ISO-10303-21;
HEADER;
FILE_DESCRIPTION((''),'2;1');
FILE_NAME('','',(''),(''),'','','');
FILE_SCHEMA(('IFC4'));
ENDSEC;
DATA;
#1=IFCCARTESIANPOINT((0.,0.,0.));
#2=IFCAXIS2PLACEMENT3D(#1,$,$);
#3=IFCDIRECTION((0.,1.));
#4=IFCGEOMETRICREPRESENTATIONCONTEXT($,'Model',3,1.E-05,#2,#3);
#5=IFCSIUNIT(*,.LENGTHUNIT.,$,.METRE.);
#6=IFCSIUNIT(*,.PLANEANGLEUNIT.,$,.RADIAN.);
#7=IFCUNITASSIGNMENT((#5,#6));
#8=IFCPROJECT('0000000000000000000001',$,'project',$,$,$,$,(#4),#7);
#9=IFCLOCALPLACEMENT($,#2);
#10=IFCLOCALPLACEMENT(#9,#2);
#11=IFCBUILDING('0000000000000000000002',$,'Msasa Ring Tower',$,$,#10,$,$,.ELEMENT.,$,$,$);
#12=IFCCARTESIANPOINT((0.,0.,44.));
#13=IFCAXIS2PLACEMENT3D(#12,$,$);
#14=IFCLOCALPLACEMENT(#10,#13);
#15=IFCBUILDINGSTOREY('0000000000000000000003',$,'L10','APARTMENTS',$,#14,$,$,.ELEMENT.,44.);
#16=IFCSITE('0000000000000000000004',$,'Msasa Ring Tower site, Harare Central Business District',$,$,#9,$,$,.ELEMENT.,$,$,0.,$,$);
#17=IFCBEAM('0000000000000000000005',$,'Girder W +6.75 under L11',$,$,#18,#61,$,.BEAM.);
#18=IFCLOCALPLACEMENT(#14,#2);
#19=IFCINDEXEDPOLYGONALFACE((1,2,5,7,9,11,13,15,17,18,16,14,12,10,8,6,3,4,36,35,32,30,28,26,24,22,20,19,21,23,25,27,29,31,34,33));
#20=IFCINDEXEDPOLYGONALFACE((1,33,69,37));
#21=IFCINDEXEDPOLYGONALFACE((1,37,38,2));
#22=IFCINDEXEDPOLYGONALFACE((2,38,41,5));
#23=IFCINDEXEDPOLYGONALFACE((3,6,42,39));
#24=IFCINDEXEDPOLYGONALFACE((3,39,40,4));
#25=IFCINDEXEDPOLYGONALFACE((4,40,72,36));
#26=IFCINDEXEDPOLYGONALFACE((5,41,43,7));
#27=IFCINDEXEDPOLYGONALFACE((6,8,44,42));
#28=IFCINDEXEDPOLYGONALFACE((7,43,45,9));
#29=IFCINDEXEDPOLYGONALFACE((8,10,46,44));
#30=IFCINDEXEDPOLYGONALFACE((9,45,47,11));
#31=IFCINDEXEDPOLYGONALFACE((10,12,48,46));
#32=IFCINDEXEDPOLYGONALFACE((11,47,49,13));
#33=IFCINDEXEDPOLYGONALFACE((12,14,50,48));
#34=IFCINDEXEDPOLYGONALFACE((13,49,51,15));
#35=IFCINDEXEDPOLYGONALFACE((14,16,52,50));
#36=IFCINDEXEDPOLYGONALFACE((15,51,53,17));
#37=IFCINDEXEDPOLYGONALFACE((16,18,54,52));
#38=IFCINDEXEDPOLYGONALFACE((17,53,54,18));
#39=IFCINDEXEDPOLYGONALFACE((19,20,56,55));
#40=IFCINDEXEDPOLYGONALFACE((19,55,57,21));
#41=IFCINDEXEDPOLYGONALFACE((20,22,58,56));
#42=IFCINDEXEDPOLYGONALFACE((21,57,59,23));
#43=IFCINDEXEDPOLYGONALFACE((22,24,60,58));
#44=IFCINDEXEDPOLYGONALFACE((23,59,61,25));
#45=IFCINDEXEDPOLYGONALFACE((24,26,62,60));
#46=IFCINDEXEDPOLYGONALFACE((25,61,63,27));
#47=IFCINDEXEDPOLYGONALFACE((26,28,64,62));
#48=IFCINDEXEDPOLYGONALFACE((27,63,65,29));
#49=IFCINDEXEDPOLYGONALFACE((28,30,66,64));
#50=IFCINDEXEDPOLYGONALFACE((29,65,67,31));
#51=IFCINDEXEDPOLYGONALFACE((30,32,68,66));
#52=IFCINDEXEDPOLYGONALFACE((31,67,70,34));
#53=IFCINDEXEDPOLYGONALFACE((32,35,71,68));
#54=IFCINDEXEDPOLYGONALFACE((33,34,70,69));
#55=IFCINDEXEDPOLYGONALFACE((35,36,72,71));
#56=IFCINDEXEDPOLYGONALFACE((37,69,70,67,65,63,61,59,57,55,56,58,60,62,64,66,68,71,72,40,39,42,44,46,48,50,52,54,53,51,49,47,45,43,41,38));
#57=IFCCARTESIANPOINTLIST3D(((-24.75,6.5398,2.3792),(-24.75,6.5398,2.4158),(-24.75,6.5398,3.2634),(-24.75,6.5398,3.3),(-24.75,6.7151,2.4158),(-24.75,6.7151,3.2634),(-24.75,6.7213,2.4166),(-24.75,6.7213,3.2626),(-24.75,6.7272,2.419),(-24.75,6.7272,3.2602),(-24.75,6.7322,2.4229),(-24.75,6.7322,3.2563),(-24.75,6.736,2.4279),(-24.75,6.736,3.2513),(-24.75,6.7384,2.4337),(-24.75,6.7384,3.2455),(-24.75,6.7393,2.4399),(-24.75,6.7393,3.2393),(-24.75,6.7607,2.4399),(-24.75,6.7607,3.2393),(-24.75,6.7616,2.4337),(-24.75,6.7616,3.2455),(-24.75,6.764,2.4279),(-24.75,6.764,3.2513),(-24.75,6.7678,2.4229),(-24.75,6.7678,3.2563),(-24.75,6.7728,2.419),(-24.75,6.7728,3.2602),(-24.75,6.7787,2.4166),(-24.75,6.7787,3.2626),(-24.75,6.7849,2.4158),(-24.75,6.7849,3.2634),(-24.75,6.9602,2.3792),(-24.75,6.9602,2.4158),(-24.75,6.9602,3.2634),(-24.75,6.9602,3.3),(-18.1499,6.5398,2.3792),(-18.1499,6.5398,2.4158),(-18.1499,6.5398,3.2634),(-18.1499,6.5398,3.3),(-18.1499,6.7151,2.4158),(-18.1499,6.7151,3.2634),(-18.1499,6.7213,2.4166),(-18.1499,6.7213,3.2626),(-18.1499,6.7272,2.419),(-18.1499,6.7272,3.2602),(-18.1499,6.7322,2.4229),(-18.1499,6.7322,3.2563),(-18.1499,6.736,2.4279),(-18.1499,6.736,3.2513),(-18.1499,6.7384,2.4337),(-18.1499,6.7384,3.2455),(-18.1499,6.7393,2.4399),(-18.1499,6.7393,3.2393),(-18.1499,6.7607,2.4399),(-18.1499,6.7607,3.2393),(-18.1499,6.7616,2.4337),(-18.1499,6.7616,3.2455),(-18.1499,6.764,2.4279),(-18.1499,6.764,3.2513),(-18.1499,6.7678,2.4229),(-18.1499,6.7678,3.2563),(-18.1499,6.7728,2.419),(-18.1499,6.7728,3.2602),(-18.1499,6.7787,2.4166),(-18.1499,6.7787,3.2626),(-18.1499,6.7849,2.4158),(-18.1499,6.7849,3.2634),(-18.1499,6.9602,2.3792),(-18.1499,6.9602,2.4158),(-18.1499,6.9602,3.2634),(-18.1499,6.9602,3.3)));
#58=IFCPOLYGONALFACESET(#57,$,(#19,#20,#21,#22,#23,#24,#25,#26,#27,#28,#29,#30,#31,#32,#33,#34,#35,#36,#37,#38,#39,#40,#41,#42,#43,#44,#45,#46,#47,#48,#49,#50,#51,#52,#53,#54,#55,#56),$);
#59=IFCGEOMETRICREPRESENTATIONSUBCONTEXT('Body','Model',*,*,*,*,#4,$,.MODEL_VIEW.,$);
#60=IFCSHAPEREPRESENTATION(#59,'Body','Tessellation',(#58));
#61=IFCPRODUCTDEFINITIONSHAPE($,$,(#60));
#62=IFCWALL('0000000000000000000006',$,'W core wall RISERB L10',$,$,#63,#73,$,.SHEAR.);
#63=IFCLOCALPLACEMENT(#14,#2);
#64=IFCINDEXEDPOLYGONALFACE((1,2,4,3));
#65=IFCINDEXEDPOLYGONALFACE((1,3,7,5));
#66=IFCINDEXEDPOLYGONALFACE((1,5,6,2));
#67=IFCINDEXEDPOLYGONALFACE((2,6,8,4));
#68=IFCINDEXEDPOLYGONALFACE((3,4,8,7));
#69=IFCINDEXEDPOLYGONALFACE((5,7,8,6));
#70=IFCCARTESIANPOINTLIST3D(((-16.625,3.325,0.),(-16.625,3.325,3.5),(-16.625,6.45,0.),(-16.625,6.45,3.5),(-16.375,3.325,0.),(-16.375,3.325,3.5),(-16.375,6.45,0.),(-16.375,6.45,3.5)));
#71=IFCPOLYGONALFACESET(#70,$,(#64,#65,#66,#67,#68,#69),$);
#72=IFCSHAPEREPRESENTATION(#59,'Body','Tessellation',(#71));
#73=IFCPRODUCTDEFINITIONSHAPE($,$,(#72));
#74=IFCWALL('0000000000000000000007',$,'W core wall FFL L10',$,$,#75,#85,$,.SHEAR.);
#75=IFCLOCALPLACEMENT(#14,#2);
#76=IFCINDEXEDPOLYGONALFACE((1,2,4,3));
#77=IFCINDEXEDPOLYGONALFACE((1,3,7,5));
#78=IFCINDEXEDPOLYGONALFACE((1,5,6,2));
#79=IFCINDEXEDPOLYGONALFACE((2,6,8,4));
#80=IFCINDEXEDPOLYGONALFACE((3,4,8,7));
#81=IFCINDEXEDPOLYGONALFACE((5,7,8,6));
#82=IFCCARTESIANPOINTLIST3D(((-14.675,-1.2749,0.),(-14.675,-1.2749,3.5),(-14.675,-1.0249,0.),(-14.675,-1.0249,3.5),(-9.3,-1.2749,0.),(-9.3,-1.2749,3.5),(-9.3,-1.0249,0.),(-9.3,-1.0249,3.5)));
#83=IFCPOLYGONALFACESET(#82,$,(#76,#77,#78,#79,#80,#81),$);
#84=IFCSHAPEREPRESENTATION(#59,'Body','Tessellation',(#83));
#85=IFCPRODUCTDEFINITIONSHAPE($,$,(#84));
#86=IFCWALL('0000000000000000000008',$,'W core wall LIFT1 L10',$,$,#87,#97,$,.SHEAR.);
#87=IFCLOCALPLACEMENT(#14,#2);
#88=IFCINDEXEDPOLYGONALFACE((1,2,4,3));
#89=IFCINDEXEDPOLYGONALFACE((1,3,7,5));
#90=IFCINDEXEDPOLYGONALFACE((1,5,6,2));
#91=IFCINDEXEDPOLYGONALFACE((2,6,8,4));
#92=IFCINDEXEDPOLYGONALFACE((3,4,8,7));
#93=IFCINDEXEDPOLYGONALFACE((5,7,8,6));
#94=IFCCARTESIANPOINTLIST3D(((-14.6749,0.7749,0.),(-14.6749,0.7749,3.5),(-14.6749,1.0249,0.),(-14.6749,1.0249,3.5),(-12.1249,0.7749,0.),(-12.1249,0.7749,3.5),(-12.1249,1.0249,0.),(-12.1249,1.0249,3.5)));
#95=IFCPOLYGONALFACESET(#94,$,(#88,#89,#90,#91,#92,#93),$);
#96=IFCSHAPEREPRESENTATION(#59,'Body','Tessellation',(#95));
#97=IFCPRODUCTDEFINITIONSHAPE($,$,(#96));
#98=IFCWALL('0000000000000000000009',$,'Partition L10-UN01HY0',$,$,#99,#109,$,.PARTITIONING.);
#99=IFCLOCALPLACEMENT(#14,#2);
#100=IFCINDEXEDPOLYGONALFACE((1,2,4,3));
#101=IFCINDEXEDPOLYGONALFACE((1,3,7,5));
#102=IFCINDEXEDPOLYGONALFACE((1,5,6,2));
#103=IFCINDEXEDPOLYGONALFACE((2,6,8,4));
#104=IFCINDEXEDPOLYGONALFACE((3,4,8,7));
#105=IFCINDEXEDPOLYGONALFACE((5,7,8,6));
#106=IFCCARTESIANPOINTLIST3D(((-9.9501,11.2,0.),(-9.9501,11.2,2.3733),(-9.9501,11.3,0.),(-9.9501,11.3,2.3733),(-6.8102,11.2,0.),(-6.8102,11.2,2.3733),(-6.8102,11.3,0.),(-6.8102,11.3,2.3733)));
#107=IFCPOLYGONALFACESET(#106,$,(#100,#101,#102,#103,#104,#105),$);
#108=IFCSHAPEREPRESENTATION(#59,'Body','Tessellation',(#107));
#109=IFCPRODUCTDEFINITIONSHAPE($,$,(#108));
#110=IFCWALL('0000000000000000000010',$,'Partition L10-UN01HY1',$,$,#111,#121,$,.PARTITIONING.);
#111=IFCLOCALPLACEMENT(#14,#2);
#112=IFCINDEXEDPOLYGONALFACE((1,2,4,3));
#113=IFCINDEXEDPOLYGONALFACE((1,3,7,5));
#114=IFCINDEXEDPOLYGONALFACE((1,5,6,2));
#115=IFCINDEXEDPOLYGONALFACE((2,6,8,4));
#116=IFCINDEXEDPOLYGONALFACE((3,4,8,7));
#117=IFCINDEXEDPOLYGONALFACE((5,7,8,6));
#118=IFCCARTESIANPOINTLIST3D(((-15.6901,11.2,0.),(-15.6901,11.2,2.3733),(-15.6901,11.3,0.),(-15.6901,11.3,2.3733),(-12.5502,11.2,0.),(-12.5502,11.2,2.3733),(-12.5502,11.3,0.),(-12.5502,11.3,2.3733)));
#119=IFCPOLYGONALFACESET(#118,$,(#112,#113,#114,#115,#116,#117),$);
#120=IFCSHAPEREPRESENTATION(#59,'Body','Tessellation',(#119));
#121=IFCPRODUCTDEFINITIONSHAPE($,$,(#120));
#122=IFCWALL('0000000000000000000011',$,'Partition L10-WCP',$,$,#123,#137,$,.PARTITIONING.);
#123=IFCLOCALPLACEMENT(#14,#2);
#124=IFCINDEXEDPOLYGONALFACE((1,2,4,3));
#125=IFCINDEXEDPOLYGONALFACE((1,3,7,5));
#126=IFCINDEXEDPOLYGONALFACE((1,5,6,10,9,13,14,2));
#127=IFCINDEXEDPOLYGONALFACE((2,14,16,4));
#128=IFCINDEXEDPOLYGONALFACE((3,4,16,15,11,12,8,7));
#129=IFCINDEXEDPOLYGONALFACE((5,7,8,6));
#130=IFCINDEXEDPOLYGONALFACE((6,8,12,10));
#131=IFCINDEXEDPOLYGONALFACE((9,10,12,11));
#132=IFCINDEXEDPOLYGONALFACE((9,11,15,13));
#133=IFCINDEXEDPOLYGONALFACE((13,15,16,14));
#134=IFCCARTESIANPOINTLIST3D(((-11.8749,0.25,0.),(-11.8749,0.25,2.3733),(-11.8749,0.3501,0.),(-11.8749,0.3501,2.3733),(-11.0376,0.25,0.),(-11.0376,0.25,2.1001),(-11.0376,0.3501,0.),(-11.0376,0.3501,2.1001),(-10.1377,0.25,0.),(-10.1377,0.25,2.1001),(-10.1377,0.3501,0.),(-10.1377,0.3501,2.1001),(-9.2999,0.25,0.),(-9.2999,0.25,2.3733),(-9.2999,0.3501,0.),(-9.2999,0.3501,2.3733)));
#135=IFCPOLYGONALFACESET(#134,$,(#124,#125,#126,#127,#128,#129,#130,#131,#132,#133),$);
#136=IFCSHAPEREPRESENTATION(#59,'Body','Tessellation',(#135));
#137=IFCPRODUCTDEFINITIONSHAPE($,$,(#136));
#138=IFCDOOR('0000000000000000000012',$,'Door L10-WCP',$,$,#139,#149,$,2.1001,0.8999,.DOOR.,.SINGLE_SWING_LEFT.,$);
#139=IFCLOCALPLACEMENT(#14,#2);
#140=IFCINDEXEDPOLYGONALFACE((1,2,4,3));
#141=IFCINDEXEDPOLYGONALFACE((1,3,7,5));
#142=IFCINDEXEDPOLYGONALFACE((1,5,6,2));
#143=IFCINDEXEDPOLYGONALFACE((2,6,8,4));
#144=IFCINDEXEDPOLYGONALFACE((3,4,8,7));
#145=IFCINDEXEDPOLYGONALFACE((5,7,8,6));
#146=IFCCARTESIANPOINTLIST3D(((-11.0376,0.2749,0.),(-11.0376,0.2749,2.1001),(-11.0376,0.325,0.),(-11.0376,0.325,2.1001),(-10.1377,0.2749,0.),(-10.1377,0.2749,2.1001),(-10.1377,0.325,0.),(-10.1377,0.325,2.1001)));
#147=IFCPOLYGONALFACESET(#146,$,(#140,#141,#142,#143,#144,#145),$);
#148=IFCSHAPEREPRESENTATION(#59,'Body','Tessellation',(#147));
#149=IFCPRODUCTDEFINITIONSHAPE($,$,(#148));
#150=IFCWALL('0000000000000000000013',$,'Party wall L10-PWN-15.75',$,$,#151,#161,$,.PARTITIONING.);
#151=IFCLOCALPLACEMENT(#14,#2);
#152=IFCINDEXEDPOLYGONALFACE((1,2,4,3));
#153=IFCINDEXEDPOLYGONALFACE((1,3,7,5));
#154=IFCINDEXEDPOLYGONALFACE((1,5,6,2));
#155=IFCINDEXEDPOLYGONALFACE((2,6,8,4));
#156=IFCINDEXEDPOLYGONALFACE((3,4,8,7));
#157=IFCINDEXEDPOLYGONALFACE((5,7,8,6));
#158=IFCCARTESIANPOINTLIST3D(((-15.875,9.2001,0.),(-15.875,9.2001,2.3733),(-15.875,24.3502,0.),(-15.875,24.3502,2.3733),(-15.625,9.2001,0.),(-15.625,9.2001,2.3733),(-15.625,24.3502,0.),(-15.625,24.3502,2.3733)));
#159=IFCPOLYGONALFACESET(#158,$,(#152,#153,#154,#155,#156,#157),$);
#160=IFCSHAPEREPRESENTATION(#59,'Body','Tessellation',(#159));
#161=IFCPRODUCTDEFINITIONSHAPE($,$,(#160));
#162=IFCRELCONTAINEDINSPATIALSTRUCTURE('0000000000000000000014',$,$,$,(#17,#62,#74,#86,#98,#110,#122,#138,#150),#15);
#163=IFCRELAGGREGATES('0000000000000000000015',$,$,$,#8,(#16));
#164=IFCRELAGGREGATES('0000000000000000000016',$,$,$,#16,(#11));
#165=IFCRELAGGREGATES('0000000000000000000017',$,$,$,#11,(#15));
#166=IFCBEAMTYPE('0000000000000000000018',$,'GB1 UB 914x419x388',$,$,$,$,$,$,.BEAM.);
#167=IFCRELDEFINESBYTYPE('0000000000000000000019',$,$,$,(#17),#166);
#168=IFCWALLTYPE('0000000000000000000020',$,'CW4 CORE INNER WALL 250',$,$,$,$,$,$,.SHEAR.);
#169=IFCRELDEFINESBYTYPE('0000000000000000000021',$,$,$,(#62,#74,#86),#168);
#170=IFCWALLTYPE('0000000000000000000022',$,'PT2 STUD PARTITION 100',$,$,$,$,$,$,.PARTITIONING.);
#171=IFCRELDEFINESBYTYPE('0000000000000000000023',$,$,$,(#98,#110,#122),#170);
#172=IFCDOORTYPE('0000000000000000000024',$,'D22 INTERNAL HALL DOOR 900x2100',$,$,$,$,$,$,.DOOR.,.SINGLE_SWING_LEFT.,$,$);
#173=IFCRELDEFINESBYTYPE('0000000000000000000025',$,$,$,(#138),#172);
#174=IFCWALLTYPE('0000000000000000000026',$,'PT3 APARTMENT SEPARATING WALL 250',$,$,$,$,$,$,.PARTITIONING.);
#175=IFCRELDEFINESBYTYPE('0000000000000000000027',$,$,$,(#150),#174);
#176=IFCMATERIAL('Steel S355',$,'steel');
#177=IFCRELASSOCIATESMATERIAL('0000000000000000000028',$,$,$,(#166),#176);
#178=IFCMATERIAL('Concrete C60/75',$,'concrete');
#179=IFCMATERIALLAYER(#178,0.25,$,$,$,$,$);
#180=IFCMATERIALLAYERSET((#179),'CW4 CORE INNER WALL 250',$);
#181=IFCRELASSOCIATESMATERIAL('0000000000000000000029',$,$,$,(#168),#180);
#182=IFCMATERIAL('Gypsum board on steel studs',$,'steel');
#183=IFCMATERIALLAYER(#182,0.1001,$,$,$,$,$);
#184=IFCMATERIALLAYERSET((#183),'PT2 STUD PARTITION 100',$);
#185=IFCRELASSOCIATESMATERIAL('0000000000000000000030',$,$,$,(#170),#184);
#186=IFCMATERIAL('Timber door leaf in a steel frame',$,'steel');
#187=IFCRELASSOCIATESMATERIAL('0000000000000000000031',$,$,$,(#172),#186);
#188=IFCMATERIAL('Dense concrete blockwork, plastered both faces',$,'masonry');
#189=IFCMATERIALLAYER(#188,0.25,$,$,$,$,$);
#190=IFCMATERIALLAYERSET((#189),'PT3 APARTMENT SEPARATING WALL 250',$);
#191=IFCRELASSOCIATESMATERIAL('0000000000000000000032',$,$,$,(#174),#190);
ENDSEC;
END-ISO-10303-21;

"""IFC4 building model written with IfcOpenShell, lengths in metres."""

from ifc_helpers import new_model, si_unit, direction, frame, frame_2d, origin, origin_2d, place, context, subcontext, project, spatial, rectangle, i_section, extrude, material, layer, layer_set, material_profile, profile_set, type_object, element, fill, save


model = new_model("IFC4")

# Units and contexts
model_context = context("Model", 3, precision=1e-05, world=origin(), true_north=direction((0.0, 1.0)))
body_context = subcontext(model_context, "Body", "Model", "MODEL_VIEW")
ifc_project = project(units=[si_unit("LENGTHUNIT", "METRE"), si_unit("PLANEANGLEUNIT", "RADIAN")], contexts=[model_context])

# Site, building, storey
site_placement = place(None, origin())
site = spatial("IfcSite", under=ifc_project, at=site_placement, Name="Msasa Ring Tower site, Harare Central Business District", CompositionType="ELEMENT", RefElevation=0.0)
building_placement = place(site_placement, origin())
building = spatial("IfcBuilding", under=site, at=building_placement, Name="Msasa Ring Tower", CompositionType="ELEMENT")
storey_placement = place(building_placement, frame((0.0, 0.0, 44.0)))
storey = spatial("IfcBuildingStorey", under=building, at=storey_placement, Name="L10", Description="APARTMENTS", CompositionType="ELEMENT", Elevation=44.0)

# Beam
ifc_material_1 = material(Name="Steel S355", Category="steel")
ifc_material_profile = material_profile(ifc_material_1, i_section(OverallWidth=0.4204, OverallDepth=0.9209, WebThickness=0.0215, FlangeThickness=0.0366, FilletRadius=0.0242, at=origin_2d()), Name="UB 914x419x388")
ifc_profile_set = profile_set([ifc_material_profile], Name="Steel S355")
beam_type = type_object("IfcBeamType", Name="GB1 UB 914x419x388", PredefinedType="BEAM", material=ifc_profile_set)
beam_placement = place(storey_placement, frame((-18.1499, 6.75, 2.8396), z_axis=(-1.0, 0.0, 0.0), x_axis=(0.0, -1.0, 0.0)))
element("IfcBeam", 1, at=beam_placement, inside=storey, type_object=beam_type, Name="Girder W +6.75 under L11", PredefinedType="BEAM", context=body_context, shape_type="SweptSolid", body=[
    extrude(i_section(OverallWidth=0.4204, OverallDepth=0.9209, WebThickness=0.0215, FlangeThickness=0.0366, FilletRadius=0.0242, at=origin_2d()), origin(), (0.0, 0.0, 1.0), 6.6001),
])

# Walls
ifc_material_2 = material(Name="Concrete C60/75", Category="concrete")
ifc_layer_1 = layer(ifc_material_2, 0.25)
ifc_layer_set_1 = layer_set([ifc_layer_1], Name="CW4 CORE INNER WALL 250")
wall_type_1 = type_object("IfcWallType", Name="CW4 CORE INNER WALL 250", PredefinedType="SHEAR", material=ifc_layer_set_1)
wall_1_placement = place(storey_placement, frame((-16.5, 3.325, 0.0), z_axis=(0.0, 0.0, 1.0), x_axis=(0.0, 1.0, 0.0)))
element("IfcWall", 2, at=wall_1_placement, inside=storey, type_object=wall_type_1, Name="W core wall RISERB L10", PredefinedType="SHEAR", context=body_context, shape_type="SweptSolid", body=[
    extrude(rectangle(XDim=3.125, YDim=0.25, at=frame_2d((1.5625, 0.0))), origin(), (0.0, 0.0, 1.0), 3.5),
])
wall_2_placement = place(storey_placement, frame((-9.3, -1.1499, 0.0), z_axis=(0.0, 0.0, 1.0), x_axis=(-1.0, 0.0, 0.0)))
element("IfcWall", 3, at=wall_2_placement, inside=storey, type_object=wall_type_1, Name="W core wall FFL L10", PredefinedType="SHEAR", context=body_context, shape_type="SweptSolid", body=[
    extrude(rectangle(XDim=5.375, YDim=0.25, at=frame_2d((2.6875, 0.0))), origin(), (0.0, 0.0, 1.0), 3.5),
])
wall_3_placement = place(storey_placement, frame((-12.125, 0.8999, 0.0), z_axis=(0.0, 0.0, 1.0), x_axis=(-1.0, 0.0, 0.0)))
element("IfcWall", 4, at=wall_3_placement, inside=storey, type_object=wall_type_1, Name="W core wall LIFT1 L10", PredefinedType="SHEAR", context=body_context, shape_type="SweptSolid", body=[
    extrude(rectangle(XDim=2.55, YDim=0.25, at=frame_2d((1.2749, 0.0))), origin(), (0.0, 0.0, 1.0), 3.5),
])
ifc_material_3 = material(Name="Gypsum board on steel studs", Category="steel")
ifc_layer_2 = layer(ifc_material_3, 0.1001)
ifc_layer_set_2 = layer_set([ifc_layer_2], Name="PT2 STUD PARTITION 100")
wall_type_2 = type_object("IfcWallType", Name="PT2 STUD PARTITION 100", PredefinedType="PARTITIONING", material=ifc_layer_set_2)
for number, where, z_axis, x_axis, name in (
    (5, (-9.95, 11.25, 0.0), (0.0, 0.0, 1.0), (1.0, 0.0, 0.0), "Partition L10-UN01HY0"),
    (6, (-15.6899, 11.25, 0.0), (0.0, 0.0, 1.0), (1.0, 0.0, 0.0), "Partition L10-UN01HY1"),
):
    element("IfcWall", number, at=place(storey_placement, frame(where, z_axis=z_axis, x_axis=x_axis)), inside=storey, type_object=wall_type_2, Name=name, PredefinedType="PARTITIONING", context=body_context, shape_type="SweptSolid", body=[
        extrude(rectangle(XDim=3.1399, YDim=0.1001, at=frame_2d((1.5698, 0.0))), origin(), (0.0, 0.0, 1.0), 2.3733),
    ])

# Wall, opening, door
wall_4_placement = place(storey_placement, frame((-11.875, 0.3, 0.0), z_axis=(0.0, 0.0, 1.0), x_axis=(1.0, 0.0, 0.0)))
wall_4 = element("IfcWall", 7, at=wall_4_placement, inside=storey, type_object=wall_type_2, Name="Partition L10-WCP", PredefinedType="PARTITIONING", context=body_context, shape_type="SweptSolid", body=[
    extrude(rectangle(XDim=2.575, YDim=0.1001, at=frame_2d((1.2876, 0.0))), origin(), (0.0, 0.0, 1.0), 2.3733),
])
opening_1_placement = place(wall_4_placement, frame((0.8374, 0.0, 0.0)))
opening_1 = element("IfcOpeningElement", 8, at=opening_1_placement, cuts=wall_4, PredefinedType="OPENING", context=body_context, shape_type="SweptSolid", body=[
    extrude(rectangle(XDim=0.8999, YDim=2.1001, at=frame_2d((0.45, 1.05))), frame((0.0, 0.0601, 0.0), z_axis=(0.0, -1.0, 0.0), x_axis=(1.0, 0.0, 0.0)), (0.0, 0.0, 1.0), 0.1201),
])
ifc_material_4 = material(Name="Timber door leaf in a steel frame", Category="steel")
door_type_1 = type_object("IfcDoorType", Name="D22 INTERNAL HALL DOOR 900x2100", OperationType="SINGLE_SWING_LEFT", PredefinedType="DOOR", material=ifc_material_4)
door_1_placement = place(opening_1_placement, origin())
door_1 = element("IfcDoor", 9, at=door_1_placement, inside=storey, type_object=door_type_1, Name="Door L10-WCP", OperationType="SINGLE_SWING_LEFT", OverallHeight=2.1001, OverallWidth=0.8999, PredefinedType="DOOR", context=body_context, shape_type="SweptSolid", body=[
    extrude(rectangle(XDim=0.8999, YDim=2.1001, at=frame_2d((0.45, 1.05))), frame((0.0, 0.0249, 0.0), z_axis=(0.0, -1.0, 0.0), x_axis=(1.0, 0.0, 0.0)), (0.0, 0.0, 1.0), 0.05),
])
fill(opening_1, door_1)

# Wall
ifc_material_5 = material(Name="Dense concrete blockwork, plastered both faces", Category="masonry")
ifc_layer_3 = layer(ifc_material_5, 0.25)
ifc_layer_set_3 = layer_set([ifc_layer_3], Name="PT3 APARTMENT SEPARATING WALL 250")
wall_type_3 = type_object("IfcWallType", Name="PT3 APARTMENT SEPARATING WALL 250", PredefinedType="PARTITIONING", material=ifc_layer_set_3)
wall_5_placement = place(storey_placement, frame((-15.75, 9.2, 0.0), z_axis=(0.0, 0.0, 1.0), x_axis=(0.0, 1.0, 0.0)))
element("IfcWall", 10, at=wall_5_placement, inside=storey, type_object=wall_type_3, Name="Party wall L10-PWN-15.75", PredefinedType="PARTITIONING", context=body_context, shape_type="SweptSolid", body=[
    extrude(rectangle(XDim=15.1501, YDim=0.25, at=frame_2d((7.5752, 0.0))), origin(), (0.0, 0.0, 1.0), 2.3733),
])

save(model, "model.ifc")
